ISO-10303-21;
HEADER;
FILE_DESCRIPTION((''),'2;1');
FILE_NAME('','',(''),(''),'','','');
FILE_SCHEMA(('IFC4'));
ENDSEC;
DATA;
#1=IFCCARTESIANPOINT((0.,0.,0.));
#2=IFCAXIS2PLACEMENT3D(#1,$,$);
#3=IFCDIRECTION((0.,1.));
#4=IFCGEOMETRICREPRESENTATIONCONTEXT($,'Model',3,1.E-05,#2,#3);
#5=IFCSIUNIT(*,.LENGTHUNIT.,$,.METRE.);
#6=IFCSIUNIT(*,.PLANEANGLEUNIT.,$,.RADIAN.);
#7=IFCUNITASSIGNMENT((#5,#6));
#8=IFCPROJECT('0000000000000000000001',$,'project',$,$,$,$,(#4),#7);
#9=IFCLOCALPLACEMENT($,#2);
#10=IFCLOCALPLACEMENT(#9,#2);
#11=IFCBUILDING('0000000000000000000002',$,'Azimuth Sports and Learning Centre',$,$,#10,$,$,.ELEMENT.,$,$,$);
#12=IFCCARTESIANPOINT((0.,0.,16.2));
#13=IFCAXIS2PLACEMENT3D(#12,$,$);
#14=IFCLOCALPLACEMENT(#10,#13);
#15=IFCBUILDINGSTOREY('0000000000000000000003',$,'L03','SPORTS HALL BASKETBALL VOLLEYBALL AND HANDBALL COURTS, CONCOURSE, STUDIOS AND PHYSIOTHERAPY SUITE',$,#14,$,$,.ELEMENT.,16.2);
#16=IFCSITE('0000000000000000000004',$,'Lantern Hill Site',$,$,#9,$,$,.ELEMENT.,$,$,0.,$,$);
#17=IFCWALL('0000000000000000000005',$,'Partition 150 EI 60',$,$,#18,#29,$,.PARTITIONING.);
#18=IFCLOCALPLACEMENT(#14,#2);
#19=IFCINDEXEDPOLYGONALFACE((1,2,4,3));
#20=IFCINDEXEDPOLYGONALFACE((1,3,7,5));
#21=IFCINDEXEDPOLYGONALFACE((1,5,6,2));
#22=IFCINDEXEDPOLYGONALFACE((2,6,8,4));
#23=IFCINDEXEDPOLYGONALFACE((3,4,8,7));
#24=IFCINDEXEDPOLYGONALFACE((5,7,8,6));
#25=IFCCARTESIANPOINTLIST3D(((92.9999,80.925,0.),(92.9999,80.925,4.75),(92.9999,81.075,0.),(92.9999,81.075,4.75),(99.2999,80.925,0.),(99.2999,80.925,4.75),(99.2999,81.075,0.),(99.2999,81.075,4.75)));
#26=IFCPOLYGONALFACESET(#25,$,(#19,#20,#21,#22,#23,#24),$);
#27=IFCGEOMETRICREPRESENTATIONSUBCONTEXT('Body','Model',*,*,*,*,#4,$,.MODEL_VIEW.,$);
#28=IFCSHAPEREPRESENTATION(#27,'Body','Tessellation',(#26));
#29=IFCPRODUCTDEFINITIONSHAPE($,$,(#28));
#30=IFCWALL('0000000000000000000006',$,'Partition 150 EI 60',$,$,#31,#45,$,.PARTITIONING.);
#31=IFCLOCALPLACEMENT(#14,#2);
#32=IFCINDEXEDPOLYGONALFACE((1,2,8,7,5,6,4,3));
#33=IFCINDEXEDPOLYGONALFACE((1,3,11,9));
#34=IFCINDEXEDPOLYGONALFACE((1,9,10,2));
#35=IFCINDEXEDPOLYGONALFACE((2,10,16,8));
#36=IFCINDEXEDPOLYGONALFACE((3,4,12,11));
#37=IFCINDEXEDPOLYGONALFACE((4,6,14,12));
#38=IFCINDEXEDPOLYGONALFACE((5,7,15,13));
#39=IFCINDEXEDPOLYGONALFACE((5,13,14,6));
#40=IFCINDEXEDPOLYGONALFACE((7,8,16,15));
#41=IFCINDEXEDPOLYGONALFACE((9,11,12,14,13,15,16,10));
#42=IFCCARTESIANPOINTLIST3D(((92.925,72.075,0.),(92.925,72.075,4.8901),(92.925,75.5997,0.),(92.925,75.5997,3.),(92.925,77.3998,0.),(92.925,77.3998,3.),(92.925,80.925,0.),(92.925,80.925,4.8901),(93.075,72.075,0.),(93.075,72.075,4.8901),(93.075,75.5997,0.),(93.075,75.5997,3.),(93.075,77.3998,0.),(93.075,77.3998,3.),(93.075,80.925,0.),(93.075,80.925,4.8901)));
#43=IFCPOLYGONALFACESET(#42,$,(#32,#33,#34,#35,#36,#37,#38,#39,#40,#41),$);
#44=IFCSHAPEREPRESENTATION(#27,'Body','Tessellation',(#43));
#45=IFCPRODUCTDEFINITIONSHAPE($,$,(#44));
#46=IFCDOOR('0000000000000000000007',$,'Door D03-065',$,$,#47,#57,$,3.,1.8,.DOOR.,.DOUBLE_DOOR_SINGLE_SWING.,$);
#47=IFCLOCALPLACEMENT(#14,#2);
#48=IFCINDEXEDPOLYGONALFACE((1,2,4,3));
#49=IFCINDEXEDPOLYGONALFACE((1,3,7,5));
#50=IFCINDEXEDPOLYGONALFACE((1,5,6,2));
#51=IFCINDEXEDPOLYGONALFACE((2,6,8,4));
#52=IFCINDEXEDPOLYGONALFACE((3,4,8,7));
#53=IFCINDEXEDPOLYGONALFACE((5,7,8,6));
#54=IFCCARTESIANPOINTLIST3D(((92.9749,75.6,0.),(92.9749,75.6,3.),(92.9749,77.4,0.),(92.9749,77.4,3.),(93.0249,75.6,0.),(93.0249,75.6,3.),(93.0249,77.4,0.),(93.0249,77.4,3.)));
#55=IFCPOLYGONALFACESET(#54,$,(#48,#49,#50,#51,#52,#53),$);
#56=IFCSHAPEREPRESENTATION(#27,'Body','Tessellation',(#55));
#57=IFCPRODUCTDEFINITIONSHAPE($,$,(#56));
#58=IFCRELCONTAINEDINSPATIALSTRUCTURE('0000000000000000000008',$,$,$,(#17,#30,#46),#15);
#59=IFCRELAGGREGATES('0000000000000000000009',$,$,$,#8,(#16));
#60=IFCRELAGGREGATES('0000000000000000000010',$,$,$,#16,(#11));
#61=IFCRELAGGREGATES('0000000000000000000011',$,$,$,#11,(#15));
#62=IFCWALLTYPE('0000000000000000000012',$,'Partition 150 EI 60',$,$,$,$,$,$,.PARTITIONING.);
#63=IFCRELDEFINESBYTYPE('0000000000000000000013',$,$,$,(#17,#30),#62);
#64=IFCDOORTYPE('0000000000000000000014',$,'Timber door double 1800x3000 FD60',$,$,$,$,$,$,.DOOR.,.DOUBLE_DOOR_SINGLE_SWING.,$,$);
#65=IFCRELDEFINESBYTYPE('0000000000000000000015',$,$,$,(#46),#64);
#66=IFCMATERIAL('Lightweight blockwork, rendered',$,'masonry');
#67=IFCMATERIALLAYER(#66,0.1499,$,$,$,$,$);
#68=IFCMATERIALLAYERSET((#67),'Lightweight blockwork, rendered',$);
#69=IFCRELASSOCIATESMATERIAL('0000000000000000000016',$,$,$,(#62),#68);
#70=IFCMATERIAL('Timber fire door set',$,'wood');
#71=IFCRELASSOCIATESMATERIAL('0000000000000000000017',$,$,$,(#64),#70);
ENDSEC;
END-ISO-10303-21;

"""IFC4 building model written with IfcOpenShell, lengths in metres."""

from ifc_helpers import new_model, si_unit, direction, frame, frame_2d, origin, place, context, subcontext, project, spatial, rectangle, extrude, material, layer, layer_set, type_object, element, fill, save


model = new_model("IFC4")

# Units and contexts
model_context = context("Model", 3, precision=1e-05, world=origin(), true_north=direction((0.0, 1.0)))
body_context = subcontext(model_context, "Body", "Model", "MODEL_VIEW")
ifc_project = project(units=[si_unit("LENGTHUNIT", "METRE"), si_unit("PLANEANGLEUNIT", "RADIAN")], contexts=[model_context])

# Site, building, storey
site_placement = place(None, origin())
site = spatial("IfcSite", under=ifc_project, at=site_placement, Name="Lantern Hill Site", CompositionType="ELEMENT", RefElevation=0.0)
building_placement = place(site_placement, origin())
building = spatial("IfcBuilding", under=site, at=building_placement, Name="Azimuth Sports and Learning Centre", CompositionType="ELEMENT")
storey_placement = place(building_placement, frame((0.0, 0.0, 16.2)))
storey = spatial("IfcBuildingStorey", under=building, at=storey_placement, Name="L03", Description="SPORTS HALL BASKETBALL VOLLEYBALL AND HANDBALL COURTS, CONCOURSE, STUDIOS AND PHYSIOTHERAPY SUITE", CompositionType="ELEMENT", Elevation=16.2)

# Wall
ifc_material_1 = material(Name="Lightweight blockwork, rendered", Category="masonry")
ifc_layer_1 = layer(ifc_material_1, 0.1499)
ifc_layer_set_1 = layer_set([ifc_layer_1], Name="Lightweight blockwork, rendered")
wall_type = type_object("IfcWallType", Name="Partition 150 EI 60", PredefinedType="PARTITIONING", material=ifc_layer_set_1)
for number, where, z_axis, x_axis, name in (
    (1, (93.0, 81.0, 0.0), (0.0, 0.0, 1.0), (1.0, 0.0, 0.0), "Partition 150 EI 60"),
):
    element("IfcWall", number, at=place(storey_placement, frame(where, z_axis=z_axis, x_axis=x_axis)), inside=storey, type_object=wall_type, Name=name, PredefinedType="PARTITIONING", context=body_context, shape_type="SweptSolid", body=[
        extrude(rectangle(XDim=6.3, YDim=0.1499, at=frame_2d((3.1499, 0.0))), origin(), (0.0, 0.0, 1.0), 4.75),
    ])

# Wall, opening, door
wall_placement = place(storey_placement, frame((93.0, 72.075, 0.0), z_axis=(0.0, 0.0, 1.0), x_axis=(0.0, 1.0, 0.0)))
wall = element("IfcWall", 2, at=wall_placement, inside=storey, type_object=wall_type, Name="Partition 150 EI 60", PredefinedType="PARTITIONING", context=body_context, shape_type="SweptSolid", body=[
    extrude(rectangle(XDim=8.8501, YDim=0.1499, at=frame_2d((4.425, 0.0))), origin(), (0.0, 0.0, 1.0), 4.8901),
])
opening_placement = place(wall_placement, frame((3.5249, 0.0, 0.0)))
opening = element("IfcOpeningElement", 3, at=opening_placement, cuts=wall, PredefinedType="OPENING", context=body_context, shape_type="SweptSolid", body=[
    extrude(rectangle(XDim=1.8, YDim=3.0, at=frame_2d((0.8999, 1.5))), frame((0.0, 0.0859, 0.0), z_axis=(0.0, -1.0, 0.0), x_axis=(1.0, 0.0, 0.0)), (0.0, 0.0, 1.0), 0.1719),
])
ifc_material_2 = material(Name="Timber fire door set", Category="wood")
door_type = type_object("IfcDoorType", Name="Timber door double 1800x3000 FD60", OperationType="DOUBLE_DOOR_SINGLE_SWING", PredefinedType="DOOR", material=ifc_material_2)
door_placement = place(opening_placement, frame((1.8, 0.0, 0.0), z_axis=(0.0, 0.0, 1.0), x_axis=(-1.0, 0.0, 0.0)))
door = element("IfcDoor", 4, at=door_placement, inside=storey, type_object=door_type, Name="Door D03-065", OperationType="DOUBLE_DOOR_SINGLE_SWING", OverallHeight=3.0, OverallWidth=1.8, PredefinedType="DOOR", context=body_context, shape_type="SweptSolid", body=[
    extrude(rectangle(XDim=1.8, YDim=3.0, at=frame_2d((0.8999, 1.5))), frame((0.0, 0.0249, 0.0), z_axis=(0.0, -1.0, 0.0), x_axis=(1.0, 0.0, 0.0)), (0.0, 0.0, 1.0), 0.05),
])
fill(opening, door)

save(model, "model.ifc")
